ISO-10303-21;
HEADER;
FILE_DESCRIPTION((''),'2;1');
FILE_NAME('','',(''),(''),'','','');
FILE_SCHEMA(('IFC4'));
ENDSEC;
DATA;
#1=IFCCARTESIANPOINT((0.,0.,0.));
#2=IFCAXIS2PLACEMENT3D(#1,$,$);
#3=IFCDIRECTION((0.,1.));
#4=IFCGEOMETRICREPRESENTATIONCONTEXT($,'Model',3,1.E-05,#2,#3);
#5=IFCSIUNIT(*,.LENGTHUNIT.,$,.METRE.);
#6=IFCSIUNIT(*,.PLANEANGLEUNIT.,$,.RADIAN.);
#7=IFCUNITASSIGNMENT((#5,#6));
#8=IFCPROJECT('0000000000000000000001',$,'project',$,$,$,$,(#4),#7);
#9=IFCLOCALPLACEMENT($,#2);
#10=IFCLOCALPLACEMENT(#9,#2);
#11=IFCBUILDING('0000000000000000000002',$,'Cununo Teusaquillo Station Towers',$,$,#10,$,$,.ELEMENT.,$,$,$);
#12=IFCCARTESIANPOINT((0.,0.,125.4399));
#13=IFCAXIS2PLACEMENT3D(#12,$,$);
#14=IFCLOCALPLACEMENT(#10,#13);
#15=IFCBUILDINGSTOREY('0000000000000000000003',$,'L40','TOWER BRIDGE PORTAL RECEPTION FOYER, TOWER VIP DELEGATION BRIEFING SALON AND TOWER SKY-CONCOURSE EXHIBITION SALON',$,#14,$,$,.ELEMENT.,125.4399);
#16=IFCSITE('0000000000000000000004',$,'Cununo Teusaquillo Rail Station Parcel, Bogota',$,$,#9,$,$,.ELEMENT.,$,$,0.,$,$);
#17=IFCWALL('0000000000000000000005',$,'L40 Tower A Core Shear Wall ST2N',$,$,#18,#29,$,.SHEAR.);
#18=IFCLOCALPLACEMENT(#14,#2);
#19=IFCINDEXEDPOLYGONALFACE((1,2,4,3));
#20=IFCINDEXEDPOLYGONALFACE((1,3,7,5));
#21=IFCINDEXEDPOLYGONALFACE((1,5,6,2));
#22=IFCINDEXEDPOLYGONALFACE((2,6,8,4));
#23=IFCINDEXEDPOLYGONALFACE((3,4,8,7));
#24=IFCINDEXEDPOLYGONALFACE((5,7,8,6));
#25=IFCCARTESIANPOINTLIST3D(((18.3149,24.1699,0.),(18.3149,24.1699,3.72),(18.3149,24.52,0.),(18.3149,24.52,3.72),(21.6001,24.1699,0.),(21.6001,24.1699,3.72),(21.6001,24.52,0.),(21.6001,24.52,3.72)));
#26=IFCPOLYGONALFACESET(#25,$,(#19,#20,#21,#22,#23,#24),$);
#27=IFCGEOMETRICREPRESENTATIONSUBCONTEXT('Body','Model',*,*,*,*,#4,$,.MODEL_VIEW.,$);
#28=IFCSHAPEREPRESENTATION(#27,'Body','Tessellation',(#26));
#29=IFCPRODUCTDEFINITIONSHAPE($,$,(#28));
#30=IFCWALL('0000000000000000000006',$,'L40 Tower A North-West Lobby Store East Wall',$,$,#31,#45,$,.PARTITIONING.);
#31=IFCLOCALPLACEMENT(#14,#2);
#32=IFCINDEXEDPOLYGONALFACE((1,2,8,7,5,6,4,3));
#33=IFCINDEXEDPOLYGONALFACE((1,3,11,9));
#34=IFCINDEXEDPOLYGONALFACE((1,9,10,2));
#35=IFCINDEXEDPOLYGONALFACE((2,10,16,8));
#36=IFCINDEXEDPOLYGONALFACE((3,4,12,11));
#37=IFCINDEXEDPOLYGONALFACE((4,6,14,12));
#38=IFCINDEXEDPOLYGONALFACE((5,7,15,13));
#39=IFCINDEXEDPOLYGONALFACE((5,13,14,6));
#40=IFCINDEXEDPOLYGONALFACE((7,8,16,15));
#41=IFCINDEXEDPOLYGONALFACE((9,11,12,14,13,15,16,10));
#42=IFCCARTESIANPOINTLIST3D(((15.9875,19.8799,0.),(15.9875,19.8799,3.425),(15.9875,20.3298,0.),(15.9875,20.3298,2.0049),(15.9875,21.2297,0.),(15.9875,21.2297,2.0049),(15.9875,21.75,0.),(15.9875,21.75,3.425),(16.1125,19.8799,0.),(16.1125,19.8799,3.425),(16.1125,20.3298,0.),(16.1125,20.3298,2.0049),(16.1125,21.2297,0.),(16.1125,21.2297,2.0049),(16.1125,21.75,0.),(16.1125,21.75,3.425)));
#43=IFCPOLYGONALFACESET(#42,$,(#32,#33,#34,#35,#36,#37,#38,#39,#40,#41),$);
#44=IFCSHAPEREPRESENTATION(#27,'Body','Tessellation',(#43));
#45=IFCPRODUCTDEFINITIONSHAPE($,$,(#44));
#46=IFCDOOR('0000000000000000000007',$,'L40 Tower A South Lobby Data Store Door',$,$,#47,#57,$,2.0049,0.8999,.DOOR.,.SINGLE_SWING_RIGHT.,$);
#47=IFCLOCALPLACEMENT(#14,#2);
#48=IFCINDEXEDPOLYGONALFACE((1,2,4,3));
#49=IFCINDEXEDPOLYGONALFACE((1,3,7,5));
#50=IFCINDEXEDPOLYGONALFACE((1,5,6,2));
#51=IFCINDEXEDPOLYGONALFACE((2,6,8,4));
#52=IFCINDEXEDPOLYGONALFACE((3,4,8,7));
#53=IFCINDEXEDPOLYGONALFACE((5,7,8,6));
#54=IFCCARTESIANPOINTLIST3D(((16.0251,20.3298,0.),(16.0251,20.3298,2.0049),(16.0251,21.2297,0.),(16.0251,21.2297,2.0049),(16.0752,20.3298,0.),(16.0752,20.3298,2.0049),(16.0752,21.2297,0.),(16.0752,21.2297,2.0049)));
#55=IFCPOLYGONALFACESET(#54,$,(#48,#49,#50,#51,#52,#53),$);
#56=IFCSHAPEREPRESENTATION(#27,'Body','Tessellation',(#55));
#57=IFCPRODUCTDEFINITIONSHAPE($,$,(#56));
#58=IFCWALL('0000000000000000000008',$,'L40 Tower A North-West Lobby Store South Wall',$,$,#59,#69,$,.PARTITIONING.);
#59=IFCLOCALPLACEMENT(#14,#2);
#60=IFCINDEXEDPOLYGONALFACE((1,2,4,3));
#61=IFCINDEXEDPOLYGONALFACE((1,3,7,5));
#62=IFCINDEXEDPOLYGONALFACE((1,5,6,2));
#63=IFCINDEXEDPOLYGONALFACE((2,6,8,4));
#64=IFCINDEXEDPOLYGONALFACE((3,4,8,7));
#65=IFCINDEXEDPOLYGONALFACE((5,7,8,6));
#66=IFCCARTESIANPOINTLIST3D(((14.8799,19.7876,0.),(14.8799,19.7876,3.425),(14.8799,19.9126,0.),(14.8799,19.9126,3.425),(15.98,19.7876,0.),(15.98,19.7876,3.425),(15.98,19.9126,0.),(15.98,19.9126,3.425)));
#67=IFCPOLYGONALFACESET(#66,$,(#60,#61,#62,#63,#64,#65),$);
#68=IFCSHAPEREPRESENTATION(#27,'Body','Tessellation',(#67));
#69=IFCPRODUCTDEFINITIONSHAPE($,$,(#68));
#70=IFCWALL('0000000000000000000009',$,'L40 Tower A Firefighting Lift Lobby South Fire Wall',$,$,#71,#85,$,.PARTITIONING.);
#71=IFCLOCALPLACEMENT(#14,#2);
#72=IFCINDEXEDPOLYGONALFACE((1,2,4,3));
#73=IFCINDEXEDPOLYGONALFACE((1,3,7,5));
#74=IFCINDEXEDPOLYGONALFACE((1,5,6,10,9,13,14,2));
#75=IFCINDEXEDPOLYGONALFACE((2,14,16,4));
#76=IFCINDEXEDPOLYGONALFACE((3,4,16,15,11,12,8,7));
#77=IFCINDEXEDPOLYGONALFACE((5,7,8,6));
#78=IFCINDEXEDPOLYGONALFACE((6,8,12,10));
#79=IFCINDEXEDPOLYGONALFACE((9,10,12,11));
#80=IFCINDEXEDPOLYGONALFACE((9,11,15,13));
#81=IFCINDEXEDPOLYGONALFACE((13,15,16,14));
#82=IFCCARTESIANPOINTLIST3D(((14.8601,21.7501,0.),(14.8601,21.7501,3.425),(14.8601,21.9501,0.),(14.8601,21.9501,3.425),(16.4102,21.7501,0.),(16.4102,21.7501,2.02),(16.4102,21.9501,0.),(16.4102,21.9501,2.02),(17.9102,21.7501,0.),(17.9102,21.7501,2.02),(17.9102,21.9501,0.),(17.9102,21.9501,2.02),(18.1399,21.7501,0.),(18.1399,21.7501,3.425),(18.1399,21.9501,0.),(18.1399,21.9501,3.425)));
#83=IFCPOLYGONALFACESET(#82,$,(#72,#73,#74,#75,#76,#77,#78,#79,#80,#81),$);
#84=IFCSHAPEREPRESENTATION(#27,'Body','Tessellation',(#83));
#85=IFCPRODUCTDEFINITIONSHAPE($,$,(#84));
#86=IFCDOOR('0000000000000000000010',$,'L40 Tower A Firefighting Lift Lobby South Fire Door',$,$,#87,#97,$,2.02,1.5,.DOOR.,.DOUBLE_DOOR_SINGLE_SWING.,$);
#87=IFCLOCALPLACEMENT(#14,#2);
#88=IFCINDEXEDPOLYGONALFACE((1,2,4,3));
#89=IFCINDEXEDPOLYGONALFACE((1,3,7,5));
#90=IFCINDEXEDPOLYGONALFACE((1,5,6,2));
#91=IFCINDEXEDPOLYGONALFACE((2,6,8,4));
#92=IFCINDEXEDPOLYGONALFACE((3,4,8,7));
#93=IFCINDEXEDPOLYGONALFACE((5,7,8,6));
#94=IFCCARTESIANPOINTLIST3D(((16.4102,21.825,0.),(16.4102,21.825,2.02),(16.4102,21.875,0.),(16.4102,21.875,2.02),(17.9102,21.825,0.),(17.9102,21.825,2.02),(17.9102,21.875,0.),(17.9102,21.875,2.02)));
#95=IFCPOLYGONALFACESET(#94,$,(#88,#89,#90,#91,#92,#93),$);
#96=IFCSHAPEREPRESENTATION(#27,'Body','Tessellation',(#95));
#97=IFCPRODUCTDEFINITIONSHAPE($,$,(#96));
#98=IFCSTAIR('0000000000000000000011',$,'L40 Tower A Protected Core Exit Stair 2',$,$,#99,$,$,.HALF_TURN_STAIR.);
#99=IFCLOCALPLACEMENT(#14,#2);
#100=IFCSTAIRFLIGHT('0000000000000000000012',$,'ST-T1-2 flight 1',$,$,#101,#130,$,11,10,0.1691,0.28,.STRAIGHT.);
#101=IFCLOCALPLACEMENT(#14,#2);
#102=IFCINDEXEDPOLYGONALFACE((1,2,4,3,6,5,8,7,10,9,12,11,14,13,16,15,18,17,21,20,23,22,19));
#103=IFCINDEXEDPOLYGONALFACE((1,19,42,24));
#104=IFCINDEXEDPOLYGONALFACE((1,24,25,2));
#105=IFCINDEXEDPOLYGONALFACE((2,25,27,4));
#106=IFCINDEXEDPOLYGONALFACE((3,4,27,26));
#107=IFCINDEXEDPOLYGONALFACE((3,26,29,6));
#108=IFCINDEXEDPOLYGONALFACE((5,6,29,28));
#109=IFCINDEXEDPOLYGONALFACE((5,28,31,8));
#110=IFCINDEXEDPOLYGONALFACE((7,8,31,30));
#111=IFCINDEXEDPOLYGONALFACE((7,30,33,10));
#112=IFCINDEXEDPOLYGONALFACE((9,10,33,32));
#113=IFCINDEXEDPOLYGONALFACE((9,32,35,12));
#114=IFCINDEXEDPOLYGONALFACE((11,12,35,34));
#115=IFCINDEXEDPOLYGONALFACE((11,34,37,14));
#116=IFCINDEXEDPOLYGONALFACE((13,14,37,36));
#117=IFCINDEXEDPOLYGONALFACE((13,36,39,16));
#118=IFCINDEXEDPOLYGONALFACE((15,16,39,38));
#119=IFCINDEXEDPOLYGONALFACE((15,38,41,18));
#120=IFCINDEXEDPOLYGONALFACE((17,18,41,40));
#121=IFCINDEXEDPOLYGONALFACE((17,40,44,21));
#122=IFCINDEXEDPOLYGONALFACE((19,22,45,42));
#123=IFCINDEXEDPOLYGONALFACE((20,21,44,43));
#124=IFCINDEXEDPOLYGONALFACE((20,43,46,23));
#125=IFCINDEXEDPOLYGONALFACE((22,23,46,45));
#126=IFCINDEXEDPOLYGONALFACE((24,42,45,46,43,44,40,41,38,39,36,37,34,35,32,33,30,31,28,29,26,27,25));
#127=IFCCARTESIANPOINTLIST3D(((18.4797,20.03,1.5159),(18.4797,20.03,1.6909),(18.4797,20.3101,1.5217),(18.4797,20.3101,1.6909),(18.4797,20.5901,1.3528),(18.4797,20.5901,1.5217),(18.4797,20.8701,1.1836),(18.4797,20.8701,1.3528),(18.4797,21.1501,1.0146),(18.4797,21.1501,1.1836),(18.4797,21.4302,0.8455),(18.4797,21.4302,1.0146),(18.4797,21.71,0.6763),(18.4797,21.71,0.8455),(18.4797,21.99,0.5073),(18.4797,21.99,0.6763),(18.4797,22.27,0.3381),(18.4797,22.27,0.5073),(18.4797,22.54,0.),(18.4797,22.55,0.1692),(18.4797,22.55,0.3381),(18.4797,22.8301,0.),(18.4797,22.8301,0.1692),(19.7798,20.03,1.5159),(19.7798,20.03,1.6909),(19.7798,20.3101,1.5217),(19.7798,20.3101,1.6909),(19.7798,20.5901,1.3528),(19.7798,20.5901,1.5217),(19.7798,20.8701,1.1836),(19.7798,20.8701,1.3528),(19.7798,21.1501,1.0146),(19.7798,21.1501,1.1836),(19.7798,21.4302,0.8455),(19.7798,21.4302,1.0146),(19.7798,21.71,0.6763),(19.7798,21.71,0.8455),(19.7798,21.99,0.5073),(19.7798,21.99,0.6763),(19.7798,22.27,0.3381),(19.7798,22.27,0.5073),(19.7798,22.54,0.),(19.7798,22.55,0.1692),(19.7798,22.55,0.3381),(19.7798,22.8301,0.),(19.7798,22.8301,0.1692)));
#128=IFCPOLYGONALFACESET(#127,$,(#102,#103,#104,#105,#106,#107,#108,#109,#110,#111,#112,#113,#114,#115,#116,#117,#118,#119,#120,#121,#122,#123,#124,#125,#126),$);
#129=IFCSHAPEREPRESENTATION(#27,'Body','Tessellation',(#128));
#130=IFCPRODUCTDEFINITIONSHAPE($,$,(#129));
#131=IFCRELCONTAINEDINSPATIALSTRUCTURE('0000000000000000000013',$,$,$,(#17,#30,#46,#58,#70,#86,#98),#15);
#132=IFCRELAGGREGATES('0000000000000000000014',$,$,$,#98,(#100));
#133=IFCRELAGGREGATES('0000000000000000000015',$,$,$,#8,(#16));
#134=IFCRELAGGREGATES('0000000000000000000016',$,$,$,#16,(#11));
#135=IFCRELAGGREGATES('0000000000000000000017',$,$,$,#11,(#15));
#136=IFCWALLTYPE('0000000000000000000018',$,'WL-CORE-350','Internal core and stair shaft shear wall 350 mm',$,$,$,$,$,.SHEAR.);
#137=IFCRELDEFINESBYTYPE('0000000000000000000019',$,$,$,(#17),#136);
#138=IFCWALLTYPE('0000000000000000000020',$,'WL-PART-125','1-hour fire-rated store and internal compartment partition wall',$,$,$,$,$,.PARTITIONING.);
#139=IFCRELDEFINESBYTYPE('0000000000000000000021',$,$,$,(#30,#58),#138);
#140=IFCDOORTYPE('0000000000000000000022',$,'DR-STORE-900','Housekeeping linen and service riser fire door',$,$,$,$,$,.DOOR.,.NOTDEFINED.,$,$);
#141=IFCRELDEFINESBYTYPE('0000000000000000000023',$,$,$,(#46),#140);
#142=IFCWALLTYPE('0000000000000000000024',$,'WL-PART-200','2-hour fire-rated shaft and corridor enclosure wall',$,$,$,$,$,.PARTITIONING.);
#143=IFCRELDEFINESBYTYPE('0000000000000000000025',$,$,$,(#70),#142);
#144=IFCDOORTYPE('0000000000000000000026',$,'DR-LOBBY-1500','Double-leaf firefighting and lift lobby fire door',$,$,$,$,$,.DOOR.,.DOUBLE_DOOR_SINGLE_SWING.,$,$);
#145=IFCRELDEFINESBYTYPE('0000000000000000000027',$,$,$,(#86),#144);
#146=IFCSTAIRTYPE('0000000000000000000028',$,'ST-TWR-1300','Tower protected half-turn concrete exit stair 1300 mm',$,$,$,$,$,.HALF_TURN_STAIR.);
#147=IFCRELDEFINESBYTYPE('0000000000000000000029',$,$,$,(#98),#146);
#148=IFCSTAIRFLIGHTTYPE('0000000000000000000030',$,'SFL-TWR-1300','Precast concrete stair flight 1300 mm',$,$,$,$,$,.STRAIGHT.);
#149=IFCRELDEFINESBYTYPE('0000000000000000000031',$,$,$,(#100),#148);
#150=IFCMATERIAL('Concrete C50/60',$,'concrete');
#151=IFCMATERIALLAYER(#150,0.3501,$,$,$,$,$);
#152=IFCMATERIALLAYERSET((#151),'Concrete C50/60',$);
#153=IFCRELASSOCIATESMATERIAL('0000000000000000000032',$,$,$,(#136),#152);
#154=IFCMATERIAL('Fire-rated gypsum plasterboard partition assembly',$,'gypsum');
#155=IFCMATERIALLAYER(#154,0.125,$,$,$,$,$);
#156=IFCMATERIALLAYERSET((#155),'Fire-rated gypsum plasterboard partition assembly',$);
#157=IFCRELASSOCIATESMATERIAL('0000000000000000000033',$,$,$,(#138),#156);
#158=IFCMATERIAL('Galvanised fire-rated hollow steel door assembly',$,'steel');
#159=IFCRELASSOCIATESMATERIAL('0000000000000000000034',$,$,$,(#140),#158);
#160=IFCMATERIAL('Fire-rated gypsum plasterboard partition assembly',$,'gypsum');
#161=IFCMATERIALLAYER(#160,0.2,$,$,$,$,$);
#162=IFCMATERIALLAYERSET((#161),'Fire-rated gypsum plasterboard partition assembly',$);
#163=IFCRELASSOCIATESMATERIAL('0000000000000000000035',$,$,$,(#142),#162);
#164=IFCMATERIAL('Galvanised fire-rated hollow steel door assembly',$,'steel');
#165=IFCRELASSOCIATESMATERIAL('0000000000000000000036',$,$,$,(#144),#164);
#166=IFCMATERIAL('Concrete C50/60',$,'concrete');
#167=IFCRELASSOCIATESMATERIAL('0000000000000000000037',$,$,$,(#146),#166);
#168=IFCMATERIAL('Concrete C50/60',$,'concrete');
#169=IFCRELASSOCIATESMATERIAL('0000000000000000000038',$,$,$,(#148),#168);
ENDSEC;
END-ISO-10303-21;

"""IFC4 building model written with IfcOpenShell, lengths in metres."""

from ifc_helpers import new_model, si_unit, direction, frame, frame_2d, origin, place, context, subcontext, project, spatial, polyline, rectangle, outline, extrude, source, transform, mapped, material, layer, layer_set, type_object, element, fill, aggregate, save


model = new_model("IFC4")

# Units and contexts
model_context = context("Model", 3, precision=1e-05, world=origin(), true_north=direction((0.0, 1.0)))
body_context = subcontext(model_context, "Body", "Model", "MODEL_VIEW")
ifc_project = project(units=[si_unit("LENGTHUNIT", "METRE"), si_unit("PLANEANGLEUNIT", "RADIAN")], contexts=[model_context])

# Site, building, storey
site_placement = place(None, origin())
site = spatial("IfcSite", under=ifc_project, at=site_placement, Name="Cununo Teusaquillo Rail Station Parcel, Bogota", CompositionType="ELEMENT", RefElevation=0.0)
building_placement = place(site_placement, origin())
building = spatial("IfcBuilding", under=site, at=building_placement, Name="Cununo Teusaquillo Station Towers", CompositionType="ELEMENT")
storey_placement = place(building_placement, frame((0.0, 0.0, 125.4399)))
storey = spatial("IfcBuildingStorey", under=building, at=storey_placement, Name="L40", Description="TOWER BRIDGE PORTAL RECEPTION FOYER, TOWER VIP DELEGATION BRIEFING SALON AND TOWER SKY-CONCOURSE EXHIBITION SALON", CompositionType="ELEMENT", Elevation=125.4399)

# Shared definitions
ifc_material_1 = material(Name="Concrete C50/60", Category="concrete")
ifc_layer_1 = layer(ifc_material_1, 0.3501)
ifc_layer_set_1 = layer_set([ifc_layer_1], Name="Concrete C50/60")
wall_type_1 = type_object("IfcWallType", Name="WL-CORE-350", Description="Internal core and stair shaft shear wall 350 mm", PredefinedType="SHEAR", material=ifc_layer_set_1)

# Wall
wall_1_placement = place(storey_placement, frame((18.3149, 24.345, 0.0), z_axis=(0.0, 0.0, 1.0), x_axis=(1.0, 0.0, 0.0)))
element("IfcWall", 1, at=wall_1_placement, inside=storey, type_object=wall_type_1, Name="L40 Tower A Core Shear Wall ST2N", PredefinedType="SHEAR", context=body_context, shape_type="SweptSolid", body=[
    extrude(rectangle(XDim=3.2852, YDim=0.3501, at=frame_2d((1.6426, 0.0))), origin(), (0.0, 0.0, 1.0), 3.72),
])

# Wall, opening, door
ifc_material_2 = material(Name="Fire-rated gypsum plasterboard partition assembly", Category="gypsum")
ifc_layer_2 = layer(ifc_material_2, 0.125)
ifc_layer_set_2 = layer_set([ifc_layer_2], Name="Fire-rated gypsum plasterboard partition assembly")
wall_type_2 = type_object("IfcWallType", Name="WL-PART-125", Description="1-hour fire-rated store and internal compartment partition wall", PredefinedType="PARTITIONING", material=ifc_layer_set_2)
wall_2_placement = place(storey_placement, frame((16.05, 19.8799, 0.0), z_axis=(0.0, 0.0, 1.0), x_axis=(0.0, 1.0, 0.0)))
wall_2 = element("IfcWall", 2, at=wall_2_placement, inside=storey, type_object=wall_type_2, Name="L40 Tower A North-West Lobby Store East Wall", PredefinedType="PARTITIONING", context=body_context, shape_type="SweptSolid", body=[
    extrude(rectangle(XDim=1.8701, YDim=0.125, at=frame_2d((0.9351, 0.0))), origin(), (0.0, 0.0, 1.0), 3.425),
])
shared_shape_1 = source(origin(), body_context, "Body", "SweptSolid", [
    extrude(rectangle(XDim=0.8999, YDim=2.0049, at=frame_2d((0.45, 1.0024))), frame((0.0, 0.0725, 0.0), z_axis=(0.0, -1.0, 0.0), x_axis=(1.0, 0.0, 0.0)), (0.0, 0.0, 1.0), 0.145),
])
opening_1_placement = place(wall_2_placement, frame((0.45, 0.0, 0.0)))
opening_1 = element("IfcOpeningElement", 3, at=opening_1_placement, cuts=wall_2, PredefinedType="OPENING", context=body_context, shape_type="MappedRepresentation", body=[
    mapped(shared_shape_1, transform((0.0, 0.0, 0.0), x_axis=(1.0, 0.0, 0.0), y_axis=(0.0, 1.0, 0.0), z_axis=(0.0, 0.0, 1.0), scale=1.0)),
])
ifc_material_3 = material(Name="Galvanised fire-rated hollow steel door assembly", Category="steel")
door_type_1 = type_object("IfcDoorType", Name="DR-STORE-900", Description="Housekeeping linen and service riser fire door", OperationType="NOTDEFINED", PredefinedType="DOOR", material=ifc_material_3)
shared_shape_2 = source(origin(), body_context, "Body", "SweptSolid", [
    extrude(rectangle(XDim=0.8999, YDim=2.0049, at=frame_2d((0.45, 1.0024))), frame((0.0, 0.0249, 0.0), z_axis=(0.0, -1.0, 0.0), x_axis=(1.0, 0.0, 0.0)), (0.0, 0.0, 1.0), 0.05),
])
door_1_placement = place(opening_1_placement, origin())
door_1 = element("IfcDoor", 4, at=door_1_placement, inside=storey, type_object=door_type_1, Name="L40 Tower A South Lobby Data Store Door", OperationType="SINGLE_SWING_RIGHT", OverallHeight=2.0049, OverallWidth=0.8999, PredefinedType="DOOR", context=body_context, shape_type="MappedRepresentation", body=[
    mapped(shared_shape_2, transform((0.0, 0.0, 0.0), x_axis=(1.0, 0.0, 0.0), y_axis=(0.0, 1.0, 0.0), z_axis=(0.0, 0.0, 1.0), scale=1.0)),
])
fill(opening_1, door_1)

# Wall
wall_3_placement = place(storey_placement, frame((14.8799, 19.8501, 0.0), z_axis=(0.0, 0.0, 1.0), x_axis=(1.0, 0.0, 0.0)))
element("IfcWall", 5, at=wall_3_placement, inside=storey, type_object=wall_type_2, Name="L40 Tower A North-West Lobby Store South Wall", PredefinedType="PARTITIONING", context=body_context, shape_type="SweptSolid", body=[
    extrude(rectangle(XDim=1.1001, YDim=0.125, at=frame_2d((0.55, 0.0))), origin(), (0.0, 0.0, 1.0), 3.425),
])

# Wall, opening, door
ifc_material_4 = material(Name="Fire-rated gypsum plasterboard partition assembly", Category="gypsum")
ifc_layer_3 = layer(ifc_material_4, 0.2)
ifc_layer_set_3 = layer_set([ifc_layer_3], Name="Fire-rated gypsum plasterboard partition assembly")
wall_type_3 = type_object("IfcWallType", Name="WL-PART-200", Description="2-hour fire-rated shaft and corridor enclosure wall", PredefinedType="PARTITIONING", material=ifc_layer_set_3)
wall_4_placement = place(storey_placement, frame((14.8601, 21.8501, 0.0), z_axis=(0.0, 0.0, 1.0), x_axis=(1.0, 0.0, 0.0)))
wall_4 = element("IfcWall", 6, at=wall_4_placement, inside=storey, type_object=wall_type_3, Name="L40 Tower A Firefighting Lift Lobby South Fire Wall", PredefinedType="PARTITIONING", context=body_context, shape_type="SweptSolid", body=[
    extrude(rectangle(XDim=3.2798, YDim=0.2, at=frame_2d((1.6399, 0.0))), origin(), (0.0, 0.0, 1.0), 3.425),
])
shared_shape_3 = source(origin(), body_context, "Body", "SweptSolid", [
    extrude(rectangle(XDim=1.5, YDim=2.02, at=frame_2d((0.75, 1.01))), frame((0.0, 0.1099, 0.0), z_axis=(0.0, -1.0, 0.0), x_axis=(1.0, 0.0, 0.0)), (0.0, 0.0, 1.0), 0.22),
])
opening_2_placement = place(wall_4_placement, frame((1.55, 0.0, 0.0)))
opening_2 = element("IfcOpeningElement", 7, at=opening_2_placement, cuts=wall_4, PredefinedType="OPENING", context=body_context, shape_type="MappedRepresentation", body=[
    mapped(shared_shape_3, transform((0.0, 0.0, 0.0), x_axis=(1.0, 0.0, 0.0), y_axis=(0.0, 1.0, 0.0), z_axis=(0.0, 0.0, 1.0), scale=1.0)),
])
ifc_material_5 = material(Name="Galvanised fire-rated hollow steel door assembly", Category="steel")
door_type_2 = type_object("IfcDoorType", Name="DR-LOBBY-1500", Description="Double-leaf firefighting and lift lobby fire door", OperationType="DOUBLE_DOOR_SINGLE_SWING", PredefinedType="DOOR", material=ifc_material_5)
shared_shape_4 = source(origin(), body_context, "Body", "SweptSolid", [
    extrude(rectangle(XDim=1.5, YDim=2.02, at=frame_2d((0.75, 1.01))), frame((0.0, 0.0249, 0.0), z_axis=(0.0, -1.0, 0.0), x_axis=(1.0, 0.0, 0.0)), (0.0, 0.0, 1.0), 0.05),
])
door_2_placement = place(opening_2_placement, origin())
door_2 = element("IfcDoor", 8, at=door_2_placement, inside=storey, type_object=door_type_2, Name="L40 Tower A Firefighting Lift Lobby South Fire Door", OperationType="DOUBLE_DOOR_SINGLE_SWING", OverallHeight=2.02, OverallWidth=1.5, PredefinedType="DOOR", context=body_context, shape_type="MappedRepresentation", body=[
    mapped(shared_shape_4, transform((0.0, 0.0, 0.0), x_axis=(1.0, 0.0, 0.0), y_axis=(0.0, 1.0, 0.0), z_axis=(0.0, 0.0, 1.0), scale=1.0)),
])
fill(opening_2, door_2)

# Stair, stair flight
ifc_material_6 = material(Name="Concrete C50/60", Category="concrete")
stair_type = type_object("IfcStairType", Name="ST-TWR-1300", Description="Tower protected half-turn concrete exit stair 1300 mm", PredefinedType="HALF_TURN_STAIR", material=ifc_material_6)
stair_placement = place(storey_placement, origin())
stair = element("IfcStair", 9, at=stair_placement, inside=storey, type_object=stair_type, Name="L40 Tower A Protected Core Exit Stair 2", PredefinedType="HALF_TURN_STAIR")
ifc_material_7 = material(Name="Concrete C50/60", Category="concrete")
stair_flight_type = type_object("IfcStairFlightType", Name="SFL-TWR-1300", Description="Precast concrete stair flight 1300 mm", PredefinedType="STRAIGHT", material=ifc_material_7)
stair_flight_placement = place(storey_placement, frame((19.1299, 22.8301, 0.0), z_axis=(0.0, 0.0, 1.0), x_axis=(0.0, -1.0, 0.0)))
stair_flight = element("IfcStairFlight", 10, at=stair_flight_placement, type_object=stair_flight_type, Name="ST-T1-2 flight 1", NumberOfRisers=11, NumberOfTreads=10, PredefinedType="STRAIGHT", RiserHeight=0.1691, TreadLength=0.28, context=body_context, shape_type="SweptSolid", body=[
    extrude(outline(polyline([(0.0, 0.0), (0.0, 0.1692), (0.28, 0.1692), (0.28, 0.3381), (0.5601, 0.3381), (0.5601, 0.5073), (0.8401, 0.5073), (0.8401, 0.6763), (1.1201, 0.6763), (1.1201, 0.8455), (1.3999, 0.8455), (1.3999, 1.0146), (1.6799, 1.0146), (1.6799, 1.1836), (1.96, 1.1836), (1.96, 1.3528), (2.24, 1.3528), (2.24, 1.5217), (2.52, 1.5217), (2.52, 1.6909), (2.8, 1.6909), (2.8, 1.8601), (2.8, 1.5159), (0.29, 0.0), (0.0, 0.0)])), frame((0.0, 0.6499, 0.0), z_axis=(0.0, -1.0, 0.0), x_axis=(1.0, 0.0, 0.0)), (0.0, 0.0, 1.0), 1.3),
])
aggregate(stair, [stair_flight])

save(model, "model.ifc")
